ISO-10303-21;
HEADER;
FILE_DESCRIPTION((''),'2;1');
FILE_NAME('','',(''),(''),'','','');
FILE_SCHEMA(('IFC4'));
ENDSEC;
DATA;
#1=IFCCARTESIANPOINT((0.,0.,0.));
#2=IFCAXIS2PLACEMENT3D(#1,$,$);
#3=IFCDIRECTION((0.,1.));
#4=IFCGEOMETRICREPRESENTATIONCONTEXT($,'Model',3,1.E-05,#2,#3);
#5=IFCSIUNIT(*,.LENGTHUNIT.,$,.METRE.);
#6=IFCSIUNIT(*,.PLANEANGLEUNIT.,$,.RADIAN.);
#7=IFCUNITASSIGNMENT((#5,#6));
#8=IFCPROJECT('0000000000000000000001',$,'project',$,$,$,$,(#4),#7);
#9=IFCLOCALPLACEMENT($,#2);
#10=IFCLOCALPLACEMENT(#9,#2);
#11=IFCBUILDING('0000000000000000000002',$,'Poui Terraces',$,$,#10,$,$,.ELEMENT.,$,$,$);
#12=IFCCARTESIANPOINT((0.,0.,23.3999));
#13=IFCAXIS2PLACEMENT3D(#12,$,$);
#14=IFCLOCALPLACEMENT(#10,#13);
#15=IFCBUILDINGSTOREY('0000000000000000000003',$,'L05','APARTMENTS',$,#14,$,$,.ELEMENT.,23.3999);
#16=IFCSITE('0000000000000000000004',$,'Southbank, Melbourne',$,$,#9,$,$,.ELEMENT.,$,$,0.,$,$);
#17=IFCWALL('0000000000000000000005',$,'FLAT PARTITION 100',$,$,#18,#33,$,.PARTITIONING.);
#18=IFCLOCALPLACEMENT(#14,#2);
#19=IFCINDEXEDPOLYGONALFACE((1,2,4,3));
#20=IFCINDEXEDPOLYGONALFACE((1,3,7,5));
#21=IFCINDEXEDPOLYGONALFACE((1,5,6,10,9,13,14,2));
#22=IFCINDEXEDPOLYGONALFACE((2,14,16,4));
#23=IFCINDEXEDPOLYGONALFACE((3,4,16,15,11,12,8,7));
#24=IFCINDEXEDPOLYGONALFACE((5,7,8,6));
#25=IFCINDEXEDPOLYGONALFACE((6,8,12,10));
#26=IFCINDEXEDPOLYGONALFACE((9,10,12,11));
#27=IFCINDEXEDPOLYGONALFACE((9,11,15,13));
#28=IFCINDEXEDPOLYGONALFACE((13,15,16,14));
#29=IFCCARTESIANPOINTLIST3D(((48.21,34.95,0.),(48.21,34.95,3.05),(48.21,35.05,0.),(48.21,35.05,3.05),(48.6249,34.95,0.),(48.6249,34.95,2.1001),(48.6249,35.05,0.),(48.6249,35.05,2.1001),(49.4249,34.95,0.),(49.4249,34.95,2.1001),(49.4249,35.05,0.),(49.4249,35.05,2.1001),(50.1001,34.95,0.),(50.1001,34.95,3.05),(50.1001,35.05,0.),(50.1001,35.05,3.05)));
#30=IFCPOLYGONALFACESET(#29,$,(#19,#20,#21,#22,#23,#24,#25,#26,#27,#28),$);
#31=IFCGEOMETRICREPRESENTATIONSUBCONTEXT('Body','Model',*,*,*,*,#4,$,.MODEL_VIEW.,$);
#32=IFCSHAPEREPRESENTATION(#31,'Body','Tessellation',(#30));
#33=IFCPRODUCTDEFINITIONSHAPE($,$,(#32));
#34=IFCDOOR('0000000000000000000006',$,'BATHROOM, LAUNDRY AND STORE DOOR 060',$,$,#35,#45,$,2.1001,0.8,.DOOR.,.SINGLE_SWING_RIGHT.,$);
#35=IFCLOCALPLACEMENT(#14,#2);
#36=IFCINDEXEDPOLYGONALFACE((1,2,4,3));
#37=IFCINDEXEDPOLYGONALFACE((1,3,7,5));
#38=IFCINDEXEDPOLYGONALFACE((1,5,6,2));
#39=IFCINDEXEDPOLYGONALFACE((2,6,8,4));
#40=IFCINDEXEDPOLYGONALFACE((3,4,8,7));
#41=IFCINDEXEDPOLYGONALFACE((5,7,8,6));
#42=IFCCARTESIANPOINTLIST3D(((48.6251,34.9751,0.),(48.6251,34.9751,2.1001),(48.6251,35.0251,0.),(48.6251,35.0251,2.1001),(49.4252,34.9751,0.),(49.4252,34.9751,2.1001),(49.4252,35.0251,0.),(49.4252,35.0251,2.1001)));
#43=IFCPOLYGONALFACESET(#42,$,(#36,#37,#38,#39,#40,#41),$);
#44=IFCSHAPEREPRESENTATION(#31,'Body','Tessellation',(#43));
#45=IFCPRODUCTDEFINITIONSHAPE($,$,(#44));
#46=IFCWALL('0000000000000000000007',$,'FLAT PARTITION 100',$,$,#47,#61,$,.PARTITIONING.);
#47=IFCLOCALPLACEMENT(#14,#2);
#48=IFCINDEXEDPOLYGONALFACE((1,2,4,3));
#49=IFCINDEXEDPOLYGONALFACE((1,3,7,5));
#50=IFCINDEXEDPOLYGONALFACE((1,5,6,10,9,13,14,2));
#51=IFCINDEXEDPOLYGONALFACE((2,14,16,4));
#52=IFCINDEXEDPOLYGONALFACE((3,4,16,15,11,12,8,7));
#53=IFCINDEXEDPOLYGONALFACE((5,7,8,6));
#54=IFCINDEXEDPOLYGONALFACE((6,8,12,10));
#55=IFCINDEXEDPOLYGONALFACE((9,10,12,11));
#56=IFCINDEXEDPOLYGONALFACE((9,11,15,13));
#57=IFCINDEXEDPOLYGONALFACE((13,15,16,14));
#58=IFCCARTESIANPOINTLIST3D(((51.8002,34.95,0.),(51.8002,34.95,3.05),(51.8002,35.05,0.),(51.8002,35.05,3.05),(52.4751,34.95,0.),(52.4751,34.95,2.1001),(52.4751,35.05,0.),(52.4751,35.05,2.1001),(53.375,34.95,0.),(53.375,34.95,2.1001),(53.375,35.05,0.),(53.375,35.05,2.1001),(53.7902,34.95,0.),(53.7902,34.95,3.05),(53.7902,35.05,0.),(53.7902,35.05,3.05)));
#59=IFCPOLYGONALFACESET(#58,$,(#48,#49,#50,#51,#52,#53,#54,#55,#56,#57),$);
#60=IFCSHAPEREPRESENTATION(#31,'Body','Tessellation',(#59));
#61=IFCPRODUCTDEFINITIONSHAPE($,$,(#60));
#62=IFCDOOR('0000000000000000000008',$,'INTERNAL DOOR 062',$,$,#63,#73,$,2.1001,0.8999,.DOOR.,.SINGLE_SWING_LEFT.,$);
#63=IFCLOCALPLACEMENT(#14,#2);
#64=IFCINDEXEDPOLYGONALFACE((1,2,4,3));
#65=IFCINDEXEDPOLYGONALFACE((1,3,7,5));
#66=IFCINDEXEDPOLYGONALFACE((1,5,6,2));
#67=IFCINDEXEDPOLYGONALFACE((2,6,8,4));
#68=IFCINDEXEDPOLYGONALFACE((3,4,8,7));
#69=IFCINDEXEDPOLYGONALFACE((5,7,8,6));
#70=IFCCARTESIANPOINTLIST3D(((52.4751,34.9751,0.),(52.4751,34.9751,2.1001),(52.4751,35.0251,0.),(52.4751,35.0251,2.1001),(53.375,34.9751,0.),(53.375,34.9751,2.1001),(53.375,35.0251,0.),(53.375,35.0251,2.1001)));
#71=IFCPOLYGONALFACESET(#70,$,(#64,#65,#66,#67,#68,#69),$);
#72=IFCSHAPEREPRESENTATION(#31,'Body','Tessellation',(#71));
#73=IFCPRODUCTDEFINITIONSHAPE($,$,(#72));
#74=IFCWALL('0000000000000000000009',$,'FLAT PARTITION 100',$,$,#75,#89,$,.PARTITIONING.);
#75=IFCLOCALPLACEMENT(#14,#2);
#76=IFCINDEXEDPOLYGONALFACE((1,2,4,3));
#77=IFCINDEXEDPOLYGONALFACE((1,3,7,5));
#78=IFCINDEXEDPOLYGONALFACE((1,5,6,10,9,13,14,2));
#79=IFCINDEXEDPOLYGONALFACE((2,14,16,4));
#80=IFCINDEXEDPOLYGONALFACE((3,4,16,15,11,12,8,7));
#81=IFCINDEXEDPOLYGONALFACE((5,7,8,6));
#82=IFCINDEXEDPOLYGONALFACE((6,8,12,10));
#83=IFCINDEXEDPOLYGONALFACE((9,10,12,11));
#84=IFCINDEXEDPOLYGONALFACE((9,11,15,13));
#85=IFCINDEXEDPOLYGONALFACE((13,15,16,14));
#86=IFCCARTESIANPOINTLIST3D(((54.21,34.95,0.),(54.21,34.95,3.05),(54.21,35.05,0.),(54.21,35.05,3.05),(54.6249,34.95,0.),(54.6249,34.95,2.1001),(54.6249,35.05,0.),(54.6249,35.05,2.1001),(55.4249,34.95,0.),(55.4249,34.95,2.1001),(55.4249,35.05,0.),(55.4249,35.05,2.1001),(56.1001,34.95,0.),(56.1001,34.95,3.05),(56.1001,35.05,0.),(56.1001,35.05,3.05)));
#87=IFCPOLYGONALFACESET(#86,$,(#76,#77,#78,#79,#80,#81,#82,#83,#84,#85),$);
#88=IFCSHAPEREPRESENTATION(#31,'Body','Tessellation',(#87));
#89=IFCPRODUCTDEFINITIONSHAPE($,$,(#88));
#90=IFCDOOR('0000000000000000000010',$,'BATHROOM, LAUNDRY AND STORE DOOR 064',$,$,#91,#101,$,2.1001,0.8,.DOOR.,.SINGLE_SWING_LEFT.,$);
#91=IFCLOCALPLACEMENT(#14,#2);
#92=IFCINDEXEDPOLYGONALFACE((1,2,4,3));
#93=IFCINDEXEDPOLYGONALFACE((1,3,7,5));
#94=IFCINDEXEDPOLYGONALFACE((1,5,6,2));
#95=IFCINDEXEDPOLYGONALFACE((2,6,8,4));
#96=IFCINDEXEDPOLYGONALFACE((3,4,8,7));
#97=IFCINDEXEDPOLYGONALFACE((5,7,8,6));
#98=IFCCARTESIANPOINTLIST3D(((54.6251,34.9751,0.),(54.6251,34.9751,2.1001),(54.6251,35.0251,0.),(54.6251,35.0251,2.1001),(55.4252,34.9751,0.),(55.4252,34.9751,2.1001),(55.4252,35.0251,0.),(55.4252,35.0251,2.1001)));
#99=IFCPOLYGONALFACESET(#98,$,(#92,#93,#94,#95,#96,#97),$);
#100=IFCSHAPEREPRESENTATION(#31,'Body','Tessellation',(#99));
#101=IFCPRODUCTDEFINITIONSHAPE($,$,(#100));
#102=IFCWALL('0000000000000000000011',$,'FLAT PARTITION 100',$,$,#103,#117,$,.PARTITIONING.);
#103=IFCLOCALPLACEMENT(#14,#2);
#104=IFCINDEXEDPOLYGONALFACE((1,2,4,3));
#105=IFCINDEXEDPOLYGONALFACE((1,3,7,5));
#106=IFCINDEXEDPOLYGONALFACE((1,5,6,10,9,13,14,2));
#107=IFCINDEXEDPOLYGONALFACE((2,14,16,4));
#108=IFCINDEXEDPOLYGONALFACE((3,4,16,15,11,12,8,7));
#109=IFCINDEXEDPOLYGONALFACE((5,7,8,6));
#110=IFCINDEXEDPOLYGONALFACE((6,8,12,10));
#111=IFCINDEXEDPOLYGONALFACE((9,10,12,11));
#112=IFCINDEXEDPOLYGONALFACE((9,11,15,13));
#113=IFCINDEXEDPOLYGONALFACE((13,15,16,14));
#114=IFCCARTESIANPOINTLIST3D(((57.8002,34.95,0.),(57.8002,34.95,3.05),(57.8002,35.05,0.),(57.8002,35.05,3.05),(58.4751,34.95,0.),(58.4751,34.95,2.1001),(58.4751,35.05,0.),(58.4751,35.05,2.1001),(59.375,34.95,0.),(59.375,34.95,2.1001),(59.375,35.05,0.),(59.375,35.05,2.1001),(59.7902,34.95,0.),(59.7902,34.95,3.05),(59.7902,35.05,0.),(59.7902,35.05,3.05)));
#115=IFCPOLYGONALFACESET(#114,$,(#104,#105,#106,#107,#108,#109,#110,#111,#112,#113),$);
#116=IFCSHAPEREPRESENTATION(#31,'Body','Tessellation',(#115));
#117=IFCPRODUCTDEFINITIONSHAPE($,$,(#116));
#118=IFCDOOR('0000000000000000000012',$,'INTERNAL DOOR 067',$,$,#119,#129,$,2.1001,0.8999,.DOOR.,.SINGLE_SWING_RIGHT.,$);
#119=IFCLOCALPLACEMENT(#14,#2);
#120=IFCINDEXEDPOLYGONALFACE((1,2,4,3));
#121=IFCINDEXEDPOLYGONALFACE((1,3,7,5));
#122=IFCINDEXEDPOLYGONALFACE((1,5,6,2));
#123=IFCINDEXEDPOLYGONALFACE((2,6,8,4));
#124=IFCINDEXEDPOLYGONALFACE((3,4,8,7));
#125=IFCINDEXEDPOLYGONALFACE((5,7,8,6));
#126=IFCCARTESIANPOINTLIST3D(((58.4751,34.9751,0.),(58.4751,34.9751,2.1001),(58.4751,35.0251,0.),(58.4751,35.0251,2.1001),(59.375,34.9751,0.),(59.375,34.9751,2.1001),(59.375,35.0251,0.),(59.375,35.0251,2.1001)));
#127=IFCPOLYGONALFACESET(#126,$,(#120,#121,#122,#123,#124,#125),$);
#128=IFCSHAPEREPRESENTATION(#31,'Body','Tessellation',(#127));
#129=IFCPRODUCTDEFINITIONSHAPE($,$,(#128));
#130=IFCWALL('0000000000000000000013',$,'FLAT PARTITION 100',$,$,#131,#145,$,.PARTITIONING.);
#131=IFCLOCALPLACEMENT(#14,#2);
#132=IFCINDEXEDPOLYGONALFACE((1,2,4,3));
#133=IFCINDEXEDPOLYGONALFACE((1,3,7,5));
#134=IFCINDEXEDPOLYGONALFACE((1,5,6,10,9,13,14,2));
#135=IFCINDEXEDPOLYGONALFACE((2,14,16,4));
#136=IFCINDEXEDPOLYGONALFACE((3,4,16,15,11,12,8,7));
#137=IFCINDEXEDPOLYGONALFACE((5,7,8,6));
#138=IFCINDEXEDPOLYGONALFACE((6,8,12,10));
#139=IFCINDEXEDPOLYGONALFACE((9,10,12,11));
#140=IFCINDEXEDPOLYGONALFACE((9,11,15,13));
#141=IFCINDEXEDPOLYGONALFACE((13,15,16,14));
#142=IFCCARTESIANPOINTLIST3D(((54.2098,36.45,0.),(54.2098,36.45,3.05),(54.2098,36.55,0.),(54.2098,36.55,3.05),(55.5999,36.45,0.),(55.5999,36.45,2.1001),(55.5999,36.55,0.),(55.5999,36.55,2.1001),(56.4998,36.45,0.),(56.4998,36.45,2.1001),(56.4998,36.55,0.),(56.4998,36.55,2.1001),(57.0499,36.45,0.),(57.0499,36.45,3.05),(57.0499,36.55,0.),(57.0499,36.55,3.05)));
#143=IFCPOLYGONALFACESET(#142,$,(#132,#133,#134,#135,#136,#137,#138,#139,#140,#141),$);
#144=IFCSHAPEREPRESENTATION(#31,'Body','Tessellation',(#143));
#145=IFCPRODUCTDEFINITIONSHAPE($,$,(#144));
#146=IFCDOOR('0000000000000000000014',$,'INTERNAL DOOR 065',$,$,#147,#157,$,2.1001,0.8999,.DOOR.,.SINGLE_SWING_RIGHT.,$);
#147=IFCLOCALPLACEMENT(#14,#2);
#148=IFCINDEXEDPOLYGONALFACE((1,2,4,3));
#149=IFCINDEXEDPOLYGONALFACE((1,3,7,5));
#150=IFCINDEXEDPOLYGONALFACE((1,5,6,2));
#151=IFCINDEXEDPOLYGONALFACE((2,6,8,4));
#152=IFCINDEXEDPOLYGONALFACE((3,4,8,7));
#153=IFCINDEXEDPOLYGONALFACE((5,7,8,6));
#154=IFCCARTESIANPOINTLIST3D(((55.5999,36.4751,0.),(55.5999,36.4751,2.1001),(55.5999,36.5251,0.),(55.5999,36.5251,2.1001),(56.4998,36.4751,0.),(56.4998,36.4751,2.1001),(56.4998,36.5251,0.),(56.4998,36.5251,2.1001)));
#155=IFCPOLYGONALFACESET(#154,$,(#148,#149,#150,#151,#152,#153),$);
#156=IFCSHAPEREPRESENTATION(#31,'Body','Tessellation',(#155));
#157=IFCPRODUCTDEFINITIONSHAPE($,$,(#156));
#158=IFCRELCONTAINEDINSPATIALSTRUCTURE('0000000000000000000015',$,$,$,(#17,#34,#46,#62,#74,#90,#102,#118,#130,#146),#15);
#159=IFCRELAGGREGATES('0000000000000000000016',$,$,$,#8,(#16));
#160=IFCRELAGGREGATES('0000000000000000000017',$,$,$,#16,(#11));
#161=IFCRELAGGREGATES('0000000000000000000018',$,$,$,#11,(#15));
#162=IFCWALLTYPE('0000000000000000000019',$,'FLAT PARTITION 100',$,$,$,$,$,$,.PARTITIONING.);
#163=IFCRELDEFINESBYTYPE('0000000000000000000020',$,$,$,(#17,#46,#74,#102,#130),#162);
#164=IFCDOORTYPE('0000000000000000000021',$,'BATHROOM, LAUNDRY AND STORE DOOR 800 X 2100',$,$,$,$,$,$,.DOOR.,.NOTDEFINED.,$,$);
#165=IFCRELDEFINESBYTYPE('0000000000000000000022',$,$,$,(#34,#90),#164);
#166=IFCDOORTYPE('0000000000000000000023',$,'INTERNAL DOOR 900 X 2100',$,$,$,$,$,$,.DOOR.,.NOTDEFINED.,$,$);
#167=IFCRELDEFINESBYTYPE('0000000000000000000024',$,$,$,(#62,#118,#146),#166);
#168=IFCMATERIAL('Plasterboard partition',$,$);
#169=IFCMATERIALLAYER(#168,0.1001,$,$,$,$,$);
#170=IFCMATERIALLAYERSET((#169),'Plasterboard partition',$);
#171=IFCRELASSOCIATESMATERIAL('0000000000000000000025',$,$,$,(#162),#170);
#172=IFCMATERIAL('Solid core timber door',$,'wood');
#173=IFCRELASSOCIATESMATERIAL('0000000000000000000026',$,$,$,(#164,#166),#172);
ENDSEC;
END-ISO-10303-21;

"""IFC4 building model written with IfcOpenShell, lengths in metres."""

from ifc_helpers import new_model, si_unit, direction, frame, frame_2d, origin, place, context, subcontext, project, spatial, rectangle, extrude, material, layer, layer_set, type_object, element, fill, save


model = new_model("IFC4")

# Units and contexts
model_context = context("Model", 3, precision=1e-05, world=origin(), true_north=direction((0.0, 1.0)))
body_context = subcontext(model_context, "Body", "Model", "MODEL_VIEW")
ifc_project = project(units=[si_unit("LENGTHUNIT", "METRE"), si_unit("PLANEANGLEUNIT", "RADIAN")], contexts=[model_context])

# Site, building, storey
site_placement = place(None, origin())
site = spatial("IfcSite", under=ifc_project, at=site_placement, Name="Southbank, Melbourne", CompositionType="ELEMENT", RefElevation=0.0)
building_placement = place(site_placement, origin())
building = spatial("IfcBuilding", under=site, at=building_placement, Name="Poui Terraces", CompositionType="ELEMENT")
storey_placement = place(building_placement, frame((0.0, 0.0, 23.3999)))
storey = spatial("IfcBuildingStorey", under=building, at=storey_placement, Name="L05", Description="APARTMENTS", CompositionType="ELEMENT", Elevation=23.3999)

# Walls, openings, doors
ifc_material_1 = material(Name="Plasterboard partition")
ifc_layer_1 = layer(ifc_material_1, 0.1001)
ifc_layer_set_1 = layer_set([ifc_layer_1], Name="Plasterboard partition")
wall_type_1 = type_object("IfcWallType", Name="FLAT PARTITION 100", PredefinedType="PARTITIONING", material=ifc_layer_set_1)
wall_1_placement = place(storey_placement, frame((48.21, 35.0, 0.0), z_axis=(0.0, 0.0, 1.0), x_axis=(1.0, 0.0, 0.0)))
wall_1 = element("IfcWall", 1, at=wall_1_placement, inside=storey, type_object=wall_type_1, Name="FLAT PARTITION 100", PredefinedType="PARTITIONING", context=body_context, shape_type="SweptSolid", body=[
    extrude(rectangle(XDim=1.8901, YDim=0.1001, at=frame_2d((0.9451, 0.0))), origin(), (0.0, 0.0, 1.0), 3.05),
])
opening_1_placement = place(wall_1_placement, frame((0.415, 0.0, 0.0)))
opening_1 = element("IfcOpeningElement", 2, at=opening_1_placement, cuts=wall_1, PredefinedType="OPENING", context=body_context, shape_type="SweptSolid", body=[
    extrude(rectangle(XDim=0.8, YDim=2.1001, at=frame_2d((0.3999, 1.05))), frame((0.0, 0.0601, 0.0), z_axis=(0.0, -1.0, 0.0), x_axis=(1.0, 0.0, 0.0)), (0.0, 0.0, 1.0), 0.1201),
])
ifc_material_2 = material(Name="Solid core timber door", Category="wood")
door_type_1 = type_object("IfcDoorType", Name="BATHROOM, LAUNDRY AND STORE DOOR 800 X 2100", OperationType="NOTDEFINED", PredefinedType="DOOR", material=ifc_material_2)
door_1_placement = place(opening_1_placement, frame((0.8, 0.0, 0.0), z_axis=(0.0, 0.0, 1.0), x_axis=(-1.0, 0.0, 0.0)))
door_1 = element("IfcDoor", 3, at=door_1_placement, inside=storey, type_object=door_type_1, Name="BATHROOM, LAUNDRY AND STORE DOOR 060", OperationType="SINGLE_SWING_RIGHT", OverallHeight=2.1001, OverallWidth=0.8, PredefinedType="DOOR", context=body_context, shape_type="SweptSolid", body=[
    extrude(rectangle(XDim=0.8, YDim=2.1001, at=frame_2d((0.3999, 1.05))), frame((0.0, 0.0249, 0.0), z_axis=(0.0, -1.0, 0.0), x_axis=(1.0, 0.0, 0.0)), (0.0, 0.0, 1.0), 0.05),
])
fill(opening_1, door_1)
wall_2_placement = place(storey_placement, frame((51.8, 35.0, 0.0), z_axis=(0.0, 0.0, 1.0), x_axis=(1.0, 0.0, 0.0)))
wall_2 = element("IfcWall", 4, at=wall_2_placement, inside=storey, type_object=wall_type_1, Name="FLAT PARTITION 100", PredefinedType="PARTITIONING", context=body_context, shape_type="SweptSolid", body=[
    extrude(rectangle(XDim=1.99, YDim=0.1001, at=frame_2d((0.9951, 0.0))), origin(), (0.0, 0.0, 1.0), 3.05),
])
opening_2_placement = place(wall_2_placement, frame((0.675, 0.0, 0.0)))
opening_2 = element("IfcOpeningElement", 5, at=opening_2_placement, cuts=wall_2, PredefinedType="OPENING", context=body_context, shape_type="SweptSolid", body=[
    extrude(rectangle(XDim=0.8999, YDim=2.1001, at=frame_2d((0.45, 1.05))), frame((0.0, 0.0601, 0.0), z_axis=(0.0, -1.0, 0.0), x_axis=(1.0, 0.0, 0.0)), (0.0, 0.0, 1.0), 0.1201),
])
door_type_2 = type_object("IfcDoorType", Name="INTERNAL DOOR 900 X 2100", OperationType="NOTDEFINED", PredefinedType="DOOR", material=ifc_material_2)
door_2_placement = place(opening_2_placement, frame((0.8999, 0.0, 0.0), z_axis=(0.0, 0.0, 1.0), x_axis=(-1.0, 0.0, 0.0)))
door_2 = element("IfcDoor", 6, at=door_2_placement, inside=storey, type_object=door_type_2, Name="INTERNAL DOOR 062", OperationType="SINGLE_SWING_LEFT", OverallHeight=2.1001, OverallWidth=0.8999, PredefinedType="DOOR", context=body_context, shape_type="SweptSolid", body=[
    extrude(rectangle(XDim=0.8999, YDim=2.1001, at=frame_2d((0.45, 1.05))), frame((0.0, 0.0249, 0.0), z_axis=(0.0, -1.0, 0.0), x_axis=(1.0, 0.0, 0.0)), (0.0, 0.0, 1.0), 0.05),
])
fill(opening_2, door_2)
wall_3_placement = place(storey_placement, frame((54.21, 35.0, 0.0), z_axis=(0.0, 0.0, 1.0), x_axis=(1.0, 0.0, 0.0)))
wall_3 = element("IfcWall", 7, at=wall_3_placement, inside=storey, type_object=wall_type_1, Name="FLAT PARTITION 100", PredefinedType="PARTITIONING", context=body_context, shape_type="SweptSolid", body=[
    extrude(rectangle(XDim=1.8901, YDim=0.1001, at=frame_2d((0.9451, 0.0))), origin(), (0.0, 0.0, 1.0), 3.05),
])
opening_3_placement = place(wall_3_placement, frame((0.415, 0.0, 0.0)))
opening_3 = element("IfcOpeningElement", 8, at=opening_3_placement, cuts=wall_3, PredefinedType="OPENING", context=body_context, shape_type="SweptSolid", body=[
    extrude(rectangle(XDim=0.8, YDim=2.1001, at=frame_2d((0.3999, 1.05))), frame((0.0, 0.0601, 0.0), z_axis=(0.0, -1.0, 0.0), x_axis=(1.0, 0.0, 0.0)), (0.0, 0.0, 1.0), 0.1201),
])
door_3_placement = place(opening_3_placement, frame((0.8, 0.0, 0.0), z_axis=(0.0, 0.0, 1.0), x_axis=(-1.0, 0.0, 0.0)))
door_3 = element("IfcDoor", 9, at=door_3_placement, inside=storey, type_object=door_type_1, Name="BATHROOM, LAUNDRY AND STORE DOOR 064", OperationType="SINGLE_SWING_LEFT", OverallHeight=2.1001, OverallWidth=0.8, PredefinedType="DOOR", context=body_context, shape_type="SweptSolid", body=[
    extrude(rectangle(XDim=0.8, YDim=2.1001, at=frame_2d((0.3999, 1.05))), frame((0.0, 0.0249, 0.0), z_axis=(0.0, -1.0, 0.0), x_axis=(1.0, 0.0, 0.0)), (0.0, 0.0, 1.0), 0.05),
])
fill(opening_3, door_3)
wall_4_placement = place(storey_placement, frame((57.8, 35.0, 0.0), z_axis=(0.0, 0.0, 1.0), x_axis=(1.0, 0.0, 0.0)))
wall_4 = element("IfcWall", 10, at=wall_4_placement, inside=storey, type_object=wall_type_1, Name="FLAT PARTITION 100", PredefinedType="PARTITIONING", context=body_context, shape_type="SweptSolid", body=[
    extrude(rectangle(XDim=1.99, YDim=0.1001, at=frame_2d((0.9951, 0.0))), origin(), (0.0, 0.0, 1.0), 3.05),
])
opening_4_placement = place(wall_4_placement, frame((0.675, 0.0, 0.0)))
opening_4 = element("IfcOpeningElement", 11, at=opening_4_placement, cuts=wall_4, PredefinedType="OPENING", context=body_context, shape_type="SweptSolid", body=[
    extrude(rectangle(XDim=0.8999, YDim=2.1001, at=frame_2d((0.45, 1.05))), frame((0.0, 0.0601, 0.0), z_axis=(0.0, -1.0, 0.0), x_axis=(1.0, 0.0, 0.0)), (0.0, 0.0, 1.0), 0.1201),
])
door_4_placement = place(opening_4_placement, frame((0.8999, 0.0, 0.0), z_axis=(0.0, 0.0, 1.0), x_axis=(-1.0, 0.0, 0.0)))
door_4 = element("IfcDoor", 12, at=door_4_placement, inside=storey, type_object=door_type_2, Name="INTERNAL DOOR 067", OperationType="SINGLE_SWING_RIGHT", OverallHeight=2.1001, OverallWidth=0.8999, PredefinedType="DOOR", context=body_context, shape_type="SweptSolid", body=[
    extrude(rectangle(XDim=0.8999, YDim=2.1001, at=frame_2d((0.45, 1.05))), frame((0.0, 0.0249, 0.0), z_axis=(0.0, -1.0, 0.0), x_axis=(1.0, 0.0, 0.0)), (0.0, 0.0, 1.0), 0.05),
])
fill(opening_4, door_4)
wall_5_placement = place(storey_placement, frame((54.21, 36.5, 0.0), z_axis=(0.0, 0.0, 1.0), x_axis=(1.0, 0.0, 0.0)))
wall_5 = element("IfcWall", 13, at=wall_5_placement, inside=storey, type_object=wall_type_1, Name="FLAT PARTITION 100", PredefinedType="PARTITIONING", context=body_context, shape_type="SweptSolid", body=[
    extrude(rectangle(XDim=2.8401, YDim=0.1001, at=frame_2d((1.4199, 0.0))), origin(), (0.0, 0.0, 1.0), 3.05),
])
opening_5_placement = place(wall_5_placement, frame((1.3899, 0.0, 0.0)))
opening_5 = element("IfcOpeningElement", 14, at=opening_5_placement, cuts=wall_5, PredefinedType="OPENING", context=body_context, shape_type="SweptSolid", body=[
    extrude(rectangle(XDim=0.8999, YDim=2.1001, at=frame_2d((0.45, 1.05))), frame((0.0, 0.0601, 0.0), z_axis=(0.0, -1.0, 0.0), x_axis=(1.0, 0.0, 0.0)), (0.0, 0.0, 1.0), 0.1201),
])
door_5_placement = place(opening_5_placement, frame((0.8999, 0.0, 0.0), z_axis=(0.0, 0.0, 1.0), x_axis=(-1.0, 0.0, 0.0)))
door_5 = element("IfcDoor", 15, at=door_5_placement, inside=storey, type_object=door_type_2, Name="INTERNAL DOOR 065", OperationType="SINGLE_SWING_RIGHT", OverallHeight=2.1001, OverallWidth=0.8999, PredefinedType="DOOR", context=body_context, shape_type="SweptSolid", body=[
    extrude(rectangle(XDim=0.8999, YDim=2.1001, at=frame_2d((0.45, 1.05))), frame((0.0, 0.0249, 0.0), z_axis=(0.0, -1.0, 0.0), x_axis=(1.0, 0.0, 0.0)), (0.0, 0.0, 1.0), 0.05),
])
fill(opening_5, door_5)

save(model, "model.ifc")
